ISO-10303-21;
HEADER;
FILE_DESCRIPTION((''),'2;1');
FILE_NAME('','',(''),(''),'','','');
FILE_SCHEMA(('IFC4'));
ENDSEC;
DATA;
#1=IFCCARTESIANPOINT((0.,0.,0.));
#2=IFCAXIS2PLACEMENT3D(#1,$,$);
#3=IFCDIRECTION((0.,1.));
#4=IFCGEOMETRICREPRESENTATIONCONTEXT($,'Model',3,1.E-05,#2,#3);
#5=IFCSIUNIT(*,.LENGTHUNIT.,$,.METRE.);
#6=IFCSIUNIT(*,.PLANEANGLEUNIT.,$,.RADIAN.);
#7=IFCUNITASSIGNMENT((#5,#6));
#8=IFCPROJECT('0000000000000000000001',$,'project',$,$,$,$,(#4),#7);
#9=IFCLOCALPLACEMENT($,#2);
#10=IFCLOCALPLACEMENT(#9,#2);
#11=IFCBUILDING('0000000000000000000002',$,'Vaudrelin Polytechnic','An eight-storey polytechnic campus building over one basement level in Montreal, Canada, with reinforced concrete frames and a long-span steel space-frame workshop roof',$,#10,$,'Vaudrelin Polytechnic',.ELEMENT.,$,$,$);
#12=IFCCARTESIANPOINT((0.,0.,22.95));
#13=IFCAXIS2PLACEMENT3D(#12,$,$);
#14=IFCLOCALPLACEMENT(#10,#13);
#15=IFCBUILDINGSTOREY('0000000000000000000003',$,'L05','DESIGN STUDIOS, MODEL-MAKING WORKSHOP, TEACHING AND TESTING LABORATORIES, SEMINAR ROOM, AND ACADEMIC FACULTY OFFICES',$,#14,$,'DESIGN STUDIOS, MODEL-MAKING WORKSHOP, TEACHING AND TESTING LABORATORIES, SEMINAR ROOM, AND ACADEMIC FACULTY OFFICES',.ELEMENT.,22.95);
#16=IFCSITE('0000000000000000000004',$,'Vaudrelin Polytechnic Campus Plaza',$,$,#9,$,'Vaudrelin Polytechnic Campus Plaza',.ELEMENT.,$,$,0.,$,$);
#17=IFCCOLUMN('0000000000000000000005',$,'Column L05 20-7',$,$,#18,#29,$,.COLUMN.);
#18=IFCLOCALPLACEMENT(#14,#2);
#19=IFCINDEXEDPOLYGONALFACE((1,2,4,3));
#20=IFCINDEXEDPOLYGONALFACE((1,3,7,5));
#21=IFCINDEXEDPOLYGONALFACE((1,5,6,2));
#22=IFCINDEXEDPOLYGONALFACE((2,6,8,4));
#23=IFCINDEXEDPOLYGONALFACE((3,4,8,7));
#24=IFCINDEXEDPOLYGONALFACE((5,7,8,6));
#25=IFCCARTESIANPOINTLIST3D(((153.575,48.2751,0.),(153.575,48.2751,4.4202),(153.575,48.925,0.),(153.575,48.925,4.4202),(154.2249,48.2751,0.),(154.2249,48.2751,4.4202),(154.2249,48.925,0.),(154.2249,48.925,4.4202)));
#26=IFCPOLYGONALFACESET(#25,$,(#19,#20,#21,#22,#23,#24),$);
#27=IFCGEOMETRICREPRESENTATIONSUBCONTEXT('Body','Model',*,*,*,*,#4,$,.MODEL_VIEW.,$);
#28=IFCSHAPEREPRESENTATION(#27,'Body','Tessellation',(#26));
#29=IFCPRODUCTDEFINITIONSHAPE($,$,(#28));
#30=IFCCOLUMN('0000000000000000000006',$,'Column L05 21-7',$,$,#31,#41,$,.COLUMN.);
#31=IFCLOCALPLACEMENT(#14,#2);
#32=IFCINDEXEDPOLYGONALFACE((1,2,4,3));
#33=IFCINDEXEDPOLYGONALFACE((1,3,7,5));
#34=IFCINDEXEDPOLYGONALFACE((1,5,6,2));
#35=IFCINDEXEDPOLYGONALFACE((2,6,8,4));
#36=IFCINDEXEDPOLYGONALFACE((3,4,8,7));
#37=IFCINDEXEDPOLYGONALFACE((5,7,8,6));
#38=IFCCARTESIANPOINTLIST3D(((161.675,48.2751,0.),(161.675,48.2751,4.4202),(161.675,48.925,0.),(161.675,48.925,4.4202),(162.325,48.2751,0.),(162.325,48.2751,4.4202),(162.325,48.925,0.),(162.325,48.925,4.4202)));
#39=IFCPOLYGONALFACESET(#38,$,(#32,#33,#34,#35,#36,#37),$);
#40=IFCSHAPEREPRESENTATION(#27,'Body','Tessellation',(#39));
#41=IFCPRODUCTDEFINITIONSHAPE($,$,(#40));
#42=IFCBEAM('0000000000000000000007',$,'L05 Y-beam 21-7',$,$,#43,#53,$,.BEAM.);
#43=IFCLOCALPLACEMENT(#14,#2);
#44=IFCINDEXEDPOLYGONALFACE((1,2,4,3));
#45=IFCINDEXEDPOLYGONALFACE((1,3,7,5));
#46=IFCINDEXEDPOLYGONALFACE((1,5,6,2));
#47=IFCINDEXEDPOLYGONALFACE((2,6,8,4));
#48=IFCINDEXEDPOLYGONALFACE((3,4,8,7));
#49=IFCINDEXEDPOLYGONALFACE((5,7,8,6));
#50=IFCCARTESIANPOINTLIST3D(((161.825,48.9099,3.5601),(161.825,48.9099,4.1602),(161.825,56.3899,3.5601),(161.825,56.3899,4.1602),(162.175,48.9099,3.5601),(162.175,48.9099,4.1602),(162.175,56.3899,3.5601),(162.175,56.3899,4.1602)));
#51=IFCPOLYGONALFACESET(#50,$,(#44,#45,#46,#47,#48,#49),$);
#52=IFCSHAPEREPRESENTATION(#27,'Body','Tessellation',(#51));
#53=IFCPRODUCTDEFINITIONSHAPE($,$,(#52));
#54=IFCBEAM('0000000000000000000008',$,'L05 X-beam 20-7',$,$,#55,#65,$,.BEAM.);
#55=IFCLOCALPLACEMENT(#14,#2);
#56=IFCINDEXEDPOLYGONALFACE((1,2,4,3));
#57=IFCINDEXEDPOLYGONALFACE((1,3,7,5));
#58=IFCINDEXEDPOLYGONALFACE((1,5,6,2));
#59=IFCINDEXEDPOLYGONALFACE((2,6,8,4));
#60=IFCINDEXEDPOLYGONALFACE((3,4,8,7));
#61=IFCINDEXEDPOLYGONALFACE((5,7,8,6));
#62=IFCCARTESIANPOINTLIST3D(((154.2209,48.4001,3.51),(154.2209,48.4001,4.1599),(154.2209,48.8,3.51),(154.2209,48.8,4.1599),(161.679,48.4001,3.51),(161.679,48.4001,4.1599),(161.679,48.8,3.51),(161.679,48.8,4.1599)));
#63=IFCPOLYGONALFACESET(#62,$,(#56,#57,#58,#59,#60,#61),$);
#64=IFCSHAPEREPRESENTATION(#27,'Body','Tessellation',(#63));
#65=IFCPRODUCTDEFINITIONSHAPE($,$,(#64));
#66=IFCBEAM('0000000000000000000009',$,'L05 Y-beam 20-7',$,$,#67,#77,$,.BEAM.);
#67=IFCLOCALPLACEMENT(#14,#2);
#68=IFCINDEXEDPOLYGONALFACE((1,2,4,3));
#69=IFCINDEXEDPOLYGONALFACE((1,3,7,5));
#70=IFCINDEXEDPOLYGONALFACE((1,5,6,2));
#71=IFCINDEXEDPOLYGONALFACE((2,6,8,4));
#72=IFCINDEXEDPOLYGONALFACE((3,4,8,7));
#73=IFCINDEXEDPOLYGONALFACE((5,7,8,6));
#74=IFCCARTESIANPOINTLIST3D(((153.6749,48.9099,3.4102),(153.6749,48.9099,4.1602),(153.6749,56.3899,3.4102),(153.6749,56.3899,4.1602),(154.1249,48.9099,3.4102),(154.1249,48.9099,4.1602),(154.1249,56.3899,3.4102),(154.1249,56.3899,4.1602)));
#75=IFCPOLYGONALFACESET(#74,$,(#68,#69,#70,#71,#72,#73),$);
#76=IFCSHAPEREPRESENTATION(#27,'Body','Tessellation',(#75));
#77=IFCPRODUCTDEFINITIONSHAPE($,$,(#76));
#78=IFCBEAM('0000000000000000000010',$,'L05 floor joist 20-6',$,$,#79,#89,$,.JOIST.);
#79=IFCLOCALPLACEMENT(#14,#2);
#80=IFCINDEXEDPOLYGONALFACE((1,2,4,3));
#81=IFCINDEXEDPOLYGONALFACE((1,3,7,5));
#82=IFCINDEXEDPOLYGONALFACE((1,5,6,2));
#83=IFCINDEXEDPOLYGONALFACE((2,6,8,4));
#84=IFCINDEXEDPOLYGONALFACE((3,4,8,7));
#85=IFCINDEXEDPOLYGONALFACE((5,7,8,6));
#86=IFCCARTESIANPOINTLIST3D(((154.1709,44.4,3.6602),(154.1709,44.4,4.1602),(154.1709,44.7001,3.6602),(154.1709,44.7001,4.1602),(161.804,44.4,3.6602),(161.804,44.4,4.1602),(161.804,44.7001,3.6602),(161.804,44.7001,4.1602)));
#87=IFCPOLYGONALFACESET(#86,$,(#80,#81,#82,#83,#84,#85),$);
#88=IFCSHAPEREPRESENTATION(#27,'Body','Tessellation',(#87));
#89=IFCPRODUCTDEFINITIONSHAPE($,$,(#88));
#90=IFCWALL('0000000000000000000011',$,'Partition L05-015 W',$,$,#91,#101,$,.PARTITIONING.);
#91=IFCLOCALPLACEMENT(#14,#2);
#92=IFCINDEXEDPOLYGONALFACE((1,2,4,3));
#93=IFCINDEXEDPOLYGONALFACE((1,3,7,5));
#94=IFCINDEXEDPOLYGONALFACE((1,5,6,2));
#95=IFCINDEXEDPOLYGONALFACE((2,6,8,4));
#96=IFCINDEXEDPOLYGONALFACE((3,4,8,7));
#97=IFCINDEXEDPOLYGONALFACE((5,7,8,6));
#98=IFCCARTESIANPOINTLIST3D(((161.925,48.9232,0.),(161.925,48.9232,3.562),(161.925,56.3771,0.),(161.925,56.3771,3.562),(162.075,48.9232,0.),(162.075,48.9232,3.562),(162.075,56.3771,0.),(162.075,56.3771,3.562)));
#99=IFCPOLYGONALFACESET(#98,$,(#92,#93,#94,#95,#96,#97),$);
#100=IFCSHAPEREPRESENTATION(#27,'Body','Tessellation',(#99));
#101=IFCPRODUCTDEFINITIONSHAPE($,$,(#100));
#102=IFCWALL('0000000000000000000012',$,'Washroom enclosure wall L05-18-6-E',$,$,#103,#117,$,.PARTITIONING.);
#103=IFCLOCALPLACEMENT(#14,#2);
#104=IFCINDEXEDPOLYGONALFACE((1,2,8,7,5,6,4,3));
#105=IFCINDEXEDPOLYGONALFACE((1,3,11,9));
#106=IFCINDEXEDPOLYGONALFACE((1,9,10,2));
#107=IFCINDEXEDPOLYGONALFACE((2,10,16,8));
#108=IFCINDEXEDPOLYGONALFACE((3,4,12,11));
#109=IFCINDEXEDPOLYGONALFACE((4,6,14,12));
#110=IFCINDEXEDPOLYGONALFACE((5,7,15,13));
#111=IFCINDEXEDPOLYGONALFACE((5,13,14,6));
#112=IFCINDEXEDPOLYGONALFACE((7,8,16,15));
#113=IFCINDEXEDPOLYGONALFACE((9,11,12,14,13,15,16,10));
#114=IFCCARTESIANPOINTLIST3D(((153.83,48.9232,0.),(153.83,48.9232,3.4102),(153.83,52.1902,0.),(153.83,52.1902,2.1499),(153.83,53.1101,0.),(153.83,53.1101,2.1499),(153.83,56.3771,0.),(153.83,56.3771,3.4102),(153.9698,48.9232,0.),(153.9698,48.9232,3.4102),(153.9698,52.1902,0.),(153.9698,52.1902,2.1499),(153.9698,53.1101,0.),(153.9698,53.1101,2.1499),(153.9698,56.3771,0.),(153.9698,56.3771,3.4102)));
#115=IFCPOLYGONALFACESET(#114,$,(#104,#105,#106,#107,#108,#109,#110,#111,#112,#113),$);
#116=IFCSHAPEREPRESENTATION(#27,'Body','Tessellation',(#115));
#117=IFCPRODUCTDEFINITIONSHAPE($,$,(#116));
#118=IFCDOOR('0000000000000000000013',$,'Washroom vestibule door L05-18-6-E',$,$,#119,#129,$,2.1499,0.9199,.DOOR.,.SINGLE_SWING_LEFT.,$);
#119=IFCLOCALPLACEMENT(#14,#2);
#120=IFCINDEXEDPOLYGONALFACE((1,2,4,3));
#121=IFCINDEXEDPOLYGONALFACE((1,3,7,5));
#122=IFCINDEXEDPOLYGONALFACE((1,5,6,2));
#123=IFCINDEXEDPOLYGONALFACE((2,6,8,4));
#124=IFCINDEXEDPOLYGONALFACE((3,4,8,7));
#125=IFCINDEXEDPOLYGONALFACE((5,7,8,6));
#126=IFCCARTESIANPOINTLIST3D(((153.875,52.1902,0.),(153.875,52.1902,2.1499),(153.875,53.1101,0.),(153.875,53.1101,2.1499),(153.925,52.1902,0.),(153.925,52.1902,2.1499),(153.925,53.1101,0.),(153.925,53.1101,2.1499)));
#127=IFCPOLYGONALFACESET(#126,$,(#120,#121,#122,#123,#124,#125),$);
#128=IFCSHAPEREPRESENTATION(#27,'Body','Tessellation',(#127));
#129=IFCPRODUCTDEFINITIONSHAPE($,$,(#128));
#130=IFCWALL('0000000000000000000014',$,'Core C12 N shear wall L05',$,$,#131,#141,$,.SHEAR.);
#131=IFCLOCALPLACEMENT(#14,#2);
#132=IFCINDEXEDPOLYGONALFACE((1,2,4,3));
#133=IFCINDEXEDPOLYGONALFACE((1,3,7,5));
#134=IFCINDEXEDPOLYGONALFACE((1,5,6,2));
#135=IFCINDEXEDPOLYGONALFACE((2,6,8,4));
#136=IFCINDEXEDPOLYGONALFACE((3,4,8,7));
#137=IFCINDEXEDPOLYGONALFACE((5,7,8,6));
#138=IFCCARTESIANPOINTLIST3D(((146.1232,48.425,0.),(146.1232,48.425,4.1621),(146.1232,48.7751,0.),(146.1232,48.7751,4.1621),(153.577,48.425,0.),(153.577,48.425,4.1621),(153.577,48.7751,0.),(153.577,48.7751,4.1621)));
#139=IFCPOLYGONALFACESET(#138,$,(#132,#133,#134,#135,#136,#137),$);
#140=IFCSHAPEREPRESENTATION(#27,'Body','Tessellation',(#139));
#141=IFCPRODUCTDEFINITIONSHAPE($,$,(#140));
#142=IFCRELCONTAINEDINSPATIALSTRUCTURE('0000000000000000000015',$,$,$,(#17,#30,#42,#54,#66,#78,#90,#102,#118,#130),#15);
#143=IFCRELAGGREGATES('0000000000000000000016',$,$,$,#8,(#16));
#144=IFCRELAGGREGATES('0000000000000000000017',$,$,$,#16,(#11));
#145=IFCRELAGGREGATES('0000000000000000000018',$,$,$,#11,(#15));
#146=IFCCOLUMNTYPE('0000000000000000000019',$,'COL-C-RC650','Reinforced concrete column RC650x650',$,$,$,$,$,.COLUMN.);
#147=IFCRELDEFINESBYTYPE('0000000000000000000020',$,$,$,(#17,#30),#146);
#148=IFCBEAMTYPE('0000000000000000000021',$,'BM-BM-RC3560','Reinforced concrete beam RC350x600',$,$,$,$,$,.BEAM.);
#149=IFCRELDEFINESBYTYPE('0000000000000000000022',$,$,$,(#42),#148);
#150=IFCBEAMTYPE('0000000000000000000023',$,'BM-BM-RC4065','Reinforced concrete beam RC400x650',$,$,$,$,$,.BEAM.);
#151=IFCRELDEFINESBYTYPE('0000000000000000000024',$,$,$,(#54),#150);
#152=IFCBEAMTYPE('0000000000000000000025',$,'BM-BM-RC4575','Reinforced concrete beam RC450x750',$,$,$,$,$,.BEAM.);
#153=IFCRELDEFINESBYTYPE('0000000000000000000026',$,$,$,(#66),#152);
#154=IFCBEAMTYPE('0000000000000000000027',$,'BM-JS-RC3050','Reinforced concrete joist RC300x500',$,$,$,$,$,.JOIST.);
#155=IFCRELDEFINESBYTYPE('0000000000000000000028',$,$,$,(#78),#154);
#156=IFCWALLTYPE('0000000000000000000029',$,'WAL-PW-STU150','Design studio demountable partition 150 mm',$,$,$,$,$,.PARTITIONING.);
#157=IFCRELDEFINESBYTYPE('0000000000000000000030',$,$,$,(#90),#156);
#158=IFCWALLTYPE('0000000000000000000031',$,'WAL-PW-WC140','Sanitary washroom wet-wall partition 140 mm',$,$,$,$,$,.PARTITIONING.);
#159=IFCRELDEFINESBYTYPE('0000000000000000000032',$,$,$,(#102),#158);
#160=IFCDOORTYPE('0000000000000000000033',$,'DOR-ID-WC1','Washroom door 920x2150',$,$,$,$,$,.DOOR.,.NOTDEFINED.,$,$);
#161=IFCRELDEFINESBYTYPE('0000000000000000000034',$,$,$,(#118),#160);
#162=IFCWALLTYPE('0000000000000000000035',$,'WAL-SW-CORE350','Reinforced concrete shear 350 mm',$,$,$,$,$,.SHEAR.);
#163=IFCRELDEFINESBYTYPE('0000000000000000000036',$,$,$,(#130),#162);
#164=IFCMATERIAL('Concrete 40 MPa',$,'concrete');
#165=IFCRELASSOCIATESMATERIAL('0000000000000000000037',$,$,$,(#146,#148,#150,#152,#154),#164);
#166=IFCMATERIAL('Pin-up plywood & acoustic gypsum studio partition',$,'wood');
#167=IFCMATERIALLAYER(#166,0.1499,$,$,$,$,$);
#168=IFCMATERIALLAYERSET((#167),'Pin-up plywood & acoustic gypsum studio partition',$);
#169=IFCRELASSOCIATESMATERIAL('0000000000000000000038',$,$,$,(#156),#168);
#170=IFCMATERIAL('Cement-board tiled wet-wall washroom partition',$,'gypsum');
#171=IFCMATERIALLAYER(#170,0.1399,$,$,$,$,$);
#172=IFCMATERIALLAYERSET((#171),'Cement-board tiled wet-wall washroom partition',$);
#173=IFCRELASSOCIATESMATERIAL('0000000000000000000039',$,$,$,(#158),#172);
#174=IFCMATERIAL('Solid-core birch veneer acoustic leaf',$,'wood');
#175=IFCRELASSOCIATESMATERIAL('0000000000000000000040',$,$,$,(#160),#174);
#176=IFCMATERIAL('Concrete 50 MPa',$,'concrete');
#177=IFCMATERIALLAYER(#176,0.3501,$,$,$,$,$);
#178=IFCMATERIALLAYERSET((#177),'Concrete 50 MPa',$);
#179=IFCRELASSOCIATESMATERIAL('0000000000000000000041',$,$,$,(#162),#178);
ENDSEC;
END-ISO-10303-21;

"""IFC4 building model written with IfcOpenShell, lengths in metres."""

from ifc_helpers import new_model, si_unit, direction, frame, frame_2d, origin, origin_2d, place, context, subcontext, project, spatial, rectangle, extrude, material, layer, layer_set, material_profile, profile_set, type_object, element, fill, save


model = new_model("IFC4")

# Units and contexts
model_context = context("Model", 3, precision=1e-05, world=origin(), true_north=direction((0.0, 1.0)))
body_context = subcontext(model_context, "Body", "Model", "MODEL_VIEW")
ifc_project = project(units=[si_unit("LENGTHUNIT", "METRE"), si_unit("PLANEANGLEUNIT", "RADIAN")], contexts=[model_context])

# Site, building, storey
site_placement = place(None, origin())
site = spatial("IfcSite", under=ifc_project, at=site_placement, Name="Vaudrelin Polytechnic Campus Plaza", LongName="Vaudrelin Polytechnic Campus Plaza", CompositionType="ELEMENT", RefElevation=0.0)
building_placement = place(site_placement, origin())
building = spatial("IfcBuilding", under=site, at=building_placement, Name="Vaudrelin Polytechnic", Description="An eight-storey polytechnic campus building over one basement level in Montreal, Canada, with reinforced concrete frames and a long-span steel space-frame workshop roof", LongName="Vaudrelin Polytechnic", CompositionType="ELEMENT")
storey_placement = place(building_placement, frame((0.0, 0.0, 22.95)))
storey = spatial("IfcBuildingStorey", under=building, at=storey_placement, Name="L05", Description="DESIGN STUDIOS, MODEL-MAKING WORKSHOP, TEACHING AND TESTING LABORATORIES, SEMINAR ROOM, AND ACADEMIC FACULTY OFFICES", LongName="DESIGN STUDIOS, MODEL-MAKING WORKSHOP, TEACHING AND TESTING LABORATORIES, SEMINAR ROOM, AND ACADEMIC FACULTY OFFICES", CompositionType="ELEMENT", Elevation=22.95)

# Columns
ifc_material_1 = material(Name="Concrete 40 MPa", Category="concrete")
ifc_material_profile_1 = material_profile(ifc_material_1, rectangle(XDim=0.6499, YDim=0.6499, at=origin_2d()), Name="RC650x650")
ifc_profile_set_1 = profile_set([ifc_material_profile_1], Name="Concrete 40 MPa")
column_type = type_object("IfcColumnType", Name="COL-C-RC650", Description="Reinforced concrete column RC650x650", PredefinedType="COLUMN", material=ifc_profile_set_1)
for number, where, z_axis, x_axis, name in (
    (1, (153.8999, 48.6001, 0.0), (0.0, 0.0, 1.0), (1.0, 0.0, 0.0), "Column L05 20-7"),
    (2, (162.0, 48.6001, 0.0), (0.0, 0.0, 1.0), (1.0, 0.0, 0.0), "Column L05 21-7"),
):
    element("IfcColumn", number, at=place(storey_placement, frame(where, z_axis=z_axis, x_axis=x_axis)), inside=storey, type_object=column_type, Name=name, PredefinedType="COLUMN", context=body_context, shape_type="SweptSolid", body=[
        extrude(rectangle(XDim=0.6499, YDim=0.6499, at=origin_2d()), origin(), (0.0, 0.0, 1.0), 4.4202),
    ])

# Beams
ifc_material_profile_2 = material_profile(ifc_material_1, rectangle(XDim=0.3501, YDim=0.6001, at=origin_2d()), Name="RC350x600")
ifc_profile_set_2 = profile_set([ifc_material_profile_2], Name="Concrete 40 MPa")
beam_type_1 = type_object("IfcBeamType", Name="BM-BM-RC3560", Description="Reinforced concrete beam RC350x600", PredefinedType="BEAM", material=ifc_profile_set_2)
beam_1_placement = place(storey_placement, frame((162.0, 48.9099, 3.8601), z_axis=(0.0, 1.0, 0.0), x_axis=(-1.0, 0.0, 0.0)))
element("IfcBeam", 3, at=beam_1_placement, inside=storey, type_object=beam_type_1, Name="L05 Y-beam 21-7", PredefinedType="BEAM", context=body_context, shape_type="SweptSolid", body=[
    extrude(rectangle(XDim=0.3501, YDim=0.6001, at=origin_2d()), origin(), (0.0, 0.0, 1.0), 7.48),
])
ifc_material_profile_3 = material_profile(ifc_material_1, rectangle(XDim=0.3999, YDim=0.6499, at=origin_2d()), Name="RC400x650")
ifc_profile_set_3 = profile_set([ifc_material_profile_3], Name="Concrete 40 MPa")
beam_type_2 = type_object("IfcBeamType", Name="BM-BM-RC4065", Description="Reinforced concrete beam RC400x650", PredefinedType="BEAM", material=ifc_profile_set_3)
beam_2_placement = place(storey_placement, frame((154.2209, 48.6001, 3.835), z_axis=(1.0, 0.0, 0.0), x_axis=(0.0, 1.0, 0.0)))
element("IfcBeam", 4, at=beam_2_placement, inside=storey, type_object=beam_type_2, Name="L05 X-beam 20-7", PredefinedType="BEAM", context=body_context, shape_type="SweptSolid", body=[
    extrude(rectangle(XDim=0.3999, YDim=0.6499, at=origin_2d()), origin(), (0.0, 0.0, 1.0), 7.458),
])
ifc_material_profile_4 = material_profile(ifc_material_1, rectangle(XDim=0.45, YDim=0.75, at=origin_2d()), Name="RC450x750")
ifc_profile_set_4 = profile_set([ifc_material_profile_4], Name="Concrete 40 MPa")
beam_type_3 = type_object("IfcBeamType", Name="BM-BM-RC4575", Description="Reinforced concrete beam RC450x750", PredefinedType="BEAM", material=ifc_profile_set_4)
beam_3_placement = place(storey_placement, frame((153.8999, 48.9099, 3.7852), z_axis=(0.0, 1.0, 0.0), x_axis=(-1.0, 0.0, 0.0)))
element("IfcBeam", 5, at=beam_3_placement, inside=storey, type_object=beam_type_3, Name="L05 Y-beam 20-7", PredefinedType="BEAM", context=body_context, shape_type="SweptSolid", body=[
    extrude(rectangle(XDim=0.45, YDim=0.75, at=origin_2d()), origin(), (0.0, 0.0, 1.0), 7.48),
])
ifc_material_profile_5 = material_profile(ifc_material_1, rectangle(XDim=0.3, YDim=0.5, at=origin_2d()), Name="RC300x500")
ifc_profile_set_5 = profile_set([ifc_material_profile_5], Name="Concrete 40 MPa")
beam_type_4 = type_object("IfcBeamType", Name="BM-JS-RC3050", Description="Reinforced concrete joist RC300x500", PredefinedType="JOIST", material=ifc_profile_set_5)
beam_4_placement = place(storey_placement, frame((154.1709, 44.55, 3.9102), z_axis=(1.0, 0.0, 0.0), x_axis=(0.0, 1.0, 0.0)))
element("IfcBeam", 6, at=beam_4_placement, inside=storey, type_object=beam_type_4, Name="L05 floor joist 20-6", PredefinedType="JOIST", context=body_context, shape_type="SweptSolid", body=[
    extrude(rectangle(XDim=0.3, YDim=0.5, at=origin_2d()), origin(), (0.0, 0.0, 1.0), 7.6331),
])

# Wall
ifc_material_2 = material(Name="Pin-up plywood & acoustic gypsum studio partition", Category="wood")
ifc_layer_1 = layer(ifc_material_2, 0.1499)
ifc_layer_set_1 = layer_set([ifc_layer_1], Name="Pin-up plywood & acoustic gypsum studio partition")
wall_type_1 = type_object("IfcWallType", Name="WAL-PW-STU150", Description="Design studio demountable partition 150 mm", PredefinedType="PARTITIONING", material=ifc_layer_set_1)
wall_1_placement = place(storey_placement, frame((162.0, 48.9231, 0.0), z_axis=(0.0, 0.0, 1.0), x_axis=(0.0, 1.0, 0.0)))
element("IfcWall", 7, at=wall_1_placement, inside=storey, type_object=wall_type_1, Name="Partition L05-015 W", PredefinedType="PARTITIONING", context=body_context, shape_type="SweptSolid", body=[
    extrude(rectangle(XDim=7.4539, YDim=0.1499, at=frame_2d((3.7271, 0.0))), origin(), (0.0, 0.0, 1.0), 3.562),
])

# Wall, opening, door
ifc_material_3 = material(Name="Cement-board tiled wet-wall washroom partition", Category="gypsum")
ifc_layer_2 = layer(ifc_material_3, 0.1399)
ifc_layer_set_2 = layer_set([ifc_layer_2], Name="Cement-board tiled wet-wall washroom partition")
wall_type_2 = type_object("IfcWallType", Name="WAL-PW-WC140", Description="Sanitary washroom wet-wall partition 140 mm", PredefinedType="PARTITIONING", material=ifc_layer_set_2)
wall_2_placement = place(storey_placement, frame((153.8999, 48.9231, 0.0), z_axis=(0.0, 0.0, 1.0), x_axis=(0.0, 1.0, 0.0)))
wall_2 = element("IfcWall", 8, at=wall_2_placement, inside=storey, type_object=wall_type_2, Name="Washroom enclosure wall L05-18-6-E", PredefinedType="PARTITIONING", context=body_context, shape_type="SweptSolid", body=[
    extrude(rectangle(XDim=7.4539, YDim=0.1399, at=frame_2d((3.7271, 0.0))), origin(), (0.0, 0.0, 1.0), 3.4102),
])
opening_1_placement = place(wall_2_placement, frame((3.2671, 0.0, 0.0)))
opening_1 = element("IfcOpeningElement", 9, at=opening_1_placement, cuts=wall_2, PredefinedType="OPENING", context=body_context, shape_type="SweptSolid", body=[
    extrude(rectangle(XDim=0.9199, YDim=2.1499, at=frame_2d((0.46, 1.075))), frame((0.0, 0.0801, 0.0), z_axis=(0.0, -1.0, 0.0), x_axis=(1.0, 0.0, 0.0)), (0.0, 0.0, 1.0), 0.1599),
])
ifc_material_4 = material(Name="Solid-core birch veneer acoustic leaf", Category="wood")
door_type_1 = type_object("IfcDoorType", Name="DOR-ID-WC1", Description="Washroom door 920x2150", OperationType="NOTDEFINED", PredefinedType="DOOR", material=ifc_material_4)
door_1_placement = place(opening_1_placement, origin())
door_1 = element("IfcDoor", 10, at=door_1_placement, inside=storey, type_object=door_type_1, Name="Washroom vestibule door L05-18-6-E", OperationType="SINGLE_SWING_LEFT", OverallHeight=2.1499, OverallWidth=0.9199, PredefinedType="DOOR", context=body_context, shape_type="SweptSolid", body=[
    extrude(rectangle(XDim=0.9199, YDim=2.1499, at=frame_2d((0.46, 1.075))), frame((0.0, 0.0249, 0.0), z_axis=(0.0, -1.0, 0.0), x_axis=(1.0, 0.0, 0.0)), (0.0, 0.0, 1.0), 0.05),
])
fill(opening_1, door_1)

# Wall
ifc_material_5 = material(Name="Concrete 50 MPa", Category="concrete")
ifc_layer_3 = layer(ifc_material_5, 0.3501)
ifc_layer_set_3 = layer_set([ifc_layer_3], Name="Concrete 50 MPa")
wall_type_3 = type_object("IfcWallType", Name="WAL-SW-CORE350", Description="Reinforced concrete shear 350 mm", PredefinedType="SHEAR", material=ifc_layer_set_3)
wall_3_placement = place(storey_placement, frame((146.123, 48.6001, 0.0), z_axis=(0.0, 0.0, 1.0), x_axis=(1.0, 0.0, 0.0)))
element("IfcWall", 11, at=wall_3_placement, inside=storey, type_object=wall_type_3, Name="Core C12 N shear wall L05", PredefinedType="SHEAR", context=body_context, shape_type="SweptSolid", body=[
    extrude(rectangle(XDim=7.4539, YDim=0.3501, at=frame_2d((3.7271, 0.0))), origin(), (0.0, 0.0, 1.0), 4.1621),
])

save(model, "model.ifc")
